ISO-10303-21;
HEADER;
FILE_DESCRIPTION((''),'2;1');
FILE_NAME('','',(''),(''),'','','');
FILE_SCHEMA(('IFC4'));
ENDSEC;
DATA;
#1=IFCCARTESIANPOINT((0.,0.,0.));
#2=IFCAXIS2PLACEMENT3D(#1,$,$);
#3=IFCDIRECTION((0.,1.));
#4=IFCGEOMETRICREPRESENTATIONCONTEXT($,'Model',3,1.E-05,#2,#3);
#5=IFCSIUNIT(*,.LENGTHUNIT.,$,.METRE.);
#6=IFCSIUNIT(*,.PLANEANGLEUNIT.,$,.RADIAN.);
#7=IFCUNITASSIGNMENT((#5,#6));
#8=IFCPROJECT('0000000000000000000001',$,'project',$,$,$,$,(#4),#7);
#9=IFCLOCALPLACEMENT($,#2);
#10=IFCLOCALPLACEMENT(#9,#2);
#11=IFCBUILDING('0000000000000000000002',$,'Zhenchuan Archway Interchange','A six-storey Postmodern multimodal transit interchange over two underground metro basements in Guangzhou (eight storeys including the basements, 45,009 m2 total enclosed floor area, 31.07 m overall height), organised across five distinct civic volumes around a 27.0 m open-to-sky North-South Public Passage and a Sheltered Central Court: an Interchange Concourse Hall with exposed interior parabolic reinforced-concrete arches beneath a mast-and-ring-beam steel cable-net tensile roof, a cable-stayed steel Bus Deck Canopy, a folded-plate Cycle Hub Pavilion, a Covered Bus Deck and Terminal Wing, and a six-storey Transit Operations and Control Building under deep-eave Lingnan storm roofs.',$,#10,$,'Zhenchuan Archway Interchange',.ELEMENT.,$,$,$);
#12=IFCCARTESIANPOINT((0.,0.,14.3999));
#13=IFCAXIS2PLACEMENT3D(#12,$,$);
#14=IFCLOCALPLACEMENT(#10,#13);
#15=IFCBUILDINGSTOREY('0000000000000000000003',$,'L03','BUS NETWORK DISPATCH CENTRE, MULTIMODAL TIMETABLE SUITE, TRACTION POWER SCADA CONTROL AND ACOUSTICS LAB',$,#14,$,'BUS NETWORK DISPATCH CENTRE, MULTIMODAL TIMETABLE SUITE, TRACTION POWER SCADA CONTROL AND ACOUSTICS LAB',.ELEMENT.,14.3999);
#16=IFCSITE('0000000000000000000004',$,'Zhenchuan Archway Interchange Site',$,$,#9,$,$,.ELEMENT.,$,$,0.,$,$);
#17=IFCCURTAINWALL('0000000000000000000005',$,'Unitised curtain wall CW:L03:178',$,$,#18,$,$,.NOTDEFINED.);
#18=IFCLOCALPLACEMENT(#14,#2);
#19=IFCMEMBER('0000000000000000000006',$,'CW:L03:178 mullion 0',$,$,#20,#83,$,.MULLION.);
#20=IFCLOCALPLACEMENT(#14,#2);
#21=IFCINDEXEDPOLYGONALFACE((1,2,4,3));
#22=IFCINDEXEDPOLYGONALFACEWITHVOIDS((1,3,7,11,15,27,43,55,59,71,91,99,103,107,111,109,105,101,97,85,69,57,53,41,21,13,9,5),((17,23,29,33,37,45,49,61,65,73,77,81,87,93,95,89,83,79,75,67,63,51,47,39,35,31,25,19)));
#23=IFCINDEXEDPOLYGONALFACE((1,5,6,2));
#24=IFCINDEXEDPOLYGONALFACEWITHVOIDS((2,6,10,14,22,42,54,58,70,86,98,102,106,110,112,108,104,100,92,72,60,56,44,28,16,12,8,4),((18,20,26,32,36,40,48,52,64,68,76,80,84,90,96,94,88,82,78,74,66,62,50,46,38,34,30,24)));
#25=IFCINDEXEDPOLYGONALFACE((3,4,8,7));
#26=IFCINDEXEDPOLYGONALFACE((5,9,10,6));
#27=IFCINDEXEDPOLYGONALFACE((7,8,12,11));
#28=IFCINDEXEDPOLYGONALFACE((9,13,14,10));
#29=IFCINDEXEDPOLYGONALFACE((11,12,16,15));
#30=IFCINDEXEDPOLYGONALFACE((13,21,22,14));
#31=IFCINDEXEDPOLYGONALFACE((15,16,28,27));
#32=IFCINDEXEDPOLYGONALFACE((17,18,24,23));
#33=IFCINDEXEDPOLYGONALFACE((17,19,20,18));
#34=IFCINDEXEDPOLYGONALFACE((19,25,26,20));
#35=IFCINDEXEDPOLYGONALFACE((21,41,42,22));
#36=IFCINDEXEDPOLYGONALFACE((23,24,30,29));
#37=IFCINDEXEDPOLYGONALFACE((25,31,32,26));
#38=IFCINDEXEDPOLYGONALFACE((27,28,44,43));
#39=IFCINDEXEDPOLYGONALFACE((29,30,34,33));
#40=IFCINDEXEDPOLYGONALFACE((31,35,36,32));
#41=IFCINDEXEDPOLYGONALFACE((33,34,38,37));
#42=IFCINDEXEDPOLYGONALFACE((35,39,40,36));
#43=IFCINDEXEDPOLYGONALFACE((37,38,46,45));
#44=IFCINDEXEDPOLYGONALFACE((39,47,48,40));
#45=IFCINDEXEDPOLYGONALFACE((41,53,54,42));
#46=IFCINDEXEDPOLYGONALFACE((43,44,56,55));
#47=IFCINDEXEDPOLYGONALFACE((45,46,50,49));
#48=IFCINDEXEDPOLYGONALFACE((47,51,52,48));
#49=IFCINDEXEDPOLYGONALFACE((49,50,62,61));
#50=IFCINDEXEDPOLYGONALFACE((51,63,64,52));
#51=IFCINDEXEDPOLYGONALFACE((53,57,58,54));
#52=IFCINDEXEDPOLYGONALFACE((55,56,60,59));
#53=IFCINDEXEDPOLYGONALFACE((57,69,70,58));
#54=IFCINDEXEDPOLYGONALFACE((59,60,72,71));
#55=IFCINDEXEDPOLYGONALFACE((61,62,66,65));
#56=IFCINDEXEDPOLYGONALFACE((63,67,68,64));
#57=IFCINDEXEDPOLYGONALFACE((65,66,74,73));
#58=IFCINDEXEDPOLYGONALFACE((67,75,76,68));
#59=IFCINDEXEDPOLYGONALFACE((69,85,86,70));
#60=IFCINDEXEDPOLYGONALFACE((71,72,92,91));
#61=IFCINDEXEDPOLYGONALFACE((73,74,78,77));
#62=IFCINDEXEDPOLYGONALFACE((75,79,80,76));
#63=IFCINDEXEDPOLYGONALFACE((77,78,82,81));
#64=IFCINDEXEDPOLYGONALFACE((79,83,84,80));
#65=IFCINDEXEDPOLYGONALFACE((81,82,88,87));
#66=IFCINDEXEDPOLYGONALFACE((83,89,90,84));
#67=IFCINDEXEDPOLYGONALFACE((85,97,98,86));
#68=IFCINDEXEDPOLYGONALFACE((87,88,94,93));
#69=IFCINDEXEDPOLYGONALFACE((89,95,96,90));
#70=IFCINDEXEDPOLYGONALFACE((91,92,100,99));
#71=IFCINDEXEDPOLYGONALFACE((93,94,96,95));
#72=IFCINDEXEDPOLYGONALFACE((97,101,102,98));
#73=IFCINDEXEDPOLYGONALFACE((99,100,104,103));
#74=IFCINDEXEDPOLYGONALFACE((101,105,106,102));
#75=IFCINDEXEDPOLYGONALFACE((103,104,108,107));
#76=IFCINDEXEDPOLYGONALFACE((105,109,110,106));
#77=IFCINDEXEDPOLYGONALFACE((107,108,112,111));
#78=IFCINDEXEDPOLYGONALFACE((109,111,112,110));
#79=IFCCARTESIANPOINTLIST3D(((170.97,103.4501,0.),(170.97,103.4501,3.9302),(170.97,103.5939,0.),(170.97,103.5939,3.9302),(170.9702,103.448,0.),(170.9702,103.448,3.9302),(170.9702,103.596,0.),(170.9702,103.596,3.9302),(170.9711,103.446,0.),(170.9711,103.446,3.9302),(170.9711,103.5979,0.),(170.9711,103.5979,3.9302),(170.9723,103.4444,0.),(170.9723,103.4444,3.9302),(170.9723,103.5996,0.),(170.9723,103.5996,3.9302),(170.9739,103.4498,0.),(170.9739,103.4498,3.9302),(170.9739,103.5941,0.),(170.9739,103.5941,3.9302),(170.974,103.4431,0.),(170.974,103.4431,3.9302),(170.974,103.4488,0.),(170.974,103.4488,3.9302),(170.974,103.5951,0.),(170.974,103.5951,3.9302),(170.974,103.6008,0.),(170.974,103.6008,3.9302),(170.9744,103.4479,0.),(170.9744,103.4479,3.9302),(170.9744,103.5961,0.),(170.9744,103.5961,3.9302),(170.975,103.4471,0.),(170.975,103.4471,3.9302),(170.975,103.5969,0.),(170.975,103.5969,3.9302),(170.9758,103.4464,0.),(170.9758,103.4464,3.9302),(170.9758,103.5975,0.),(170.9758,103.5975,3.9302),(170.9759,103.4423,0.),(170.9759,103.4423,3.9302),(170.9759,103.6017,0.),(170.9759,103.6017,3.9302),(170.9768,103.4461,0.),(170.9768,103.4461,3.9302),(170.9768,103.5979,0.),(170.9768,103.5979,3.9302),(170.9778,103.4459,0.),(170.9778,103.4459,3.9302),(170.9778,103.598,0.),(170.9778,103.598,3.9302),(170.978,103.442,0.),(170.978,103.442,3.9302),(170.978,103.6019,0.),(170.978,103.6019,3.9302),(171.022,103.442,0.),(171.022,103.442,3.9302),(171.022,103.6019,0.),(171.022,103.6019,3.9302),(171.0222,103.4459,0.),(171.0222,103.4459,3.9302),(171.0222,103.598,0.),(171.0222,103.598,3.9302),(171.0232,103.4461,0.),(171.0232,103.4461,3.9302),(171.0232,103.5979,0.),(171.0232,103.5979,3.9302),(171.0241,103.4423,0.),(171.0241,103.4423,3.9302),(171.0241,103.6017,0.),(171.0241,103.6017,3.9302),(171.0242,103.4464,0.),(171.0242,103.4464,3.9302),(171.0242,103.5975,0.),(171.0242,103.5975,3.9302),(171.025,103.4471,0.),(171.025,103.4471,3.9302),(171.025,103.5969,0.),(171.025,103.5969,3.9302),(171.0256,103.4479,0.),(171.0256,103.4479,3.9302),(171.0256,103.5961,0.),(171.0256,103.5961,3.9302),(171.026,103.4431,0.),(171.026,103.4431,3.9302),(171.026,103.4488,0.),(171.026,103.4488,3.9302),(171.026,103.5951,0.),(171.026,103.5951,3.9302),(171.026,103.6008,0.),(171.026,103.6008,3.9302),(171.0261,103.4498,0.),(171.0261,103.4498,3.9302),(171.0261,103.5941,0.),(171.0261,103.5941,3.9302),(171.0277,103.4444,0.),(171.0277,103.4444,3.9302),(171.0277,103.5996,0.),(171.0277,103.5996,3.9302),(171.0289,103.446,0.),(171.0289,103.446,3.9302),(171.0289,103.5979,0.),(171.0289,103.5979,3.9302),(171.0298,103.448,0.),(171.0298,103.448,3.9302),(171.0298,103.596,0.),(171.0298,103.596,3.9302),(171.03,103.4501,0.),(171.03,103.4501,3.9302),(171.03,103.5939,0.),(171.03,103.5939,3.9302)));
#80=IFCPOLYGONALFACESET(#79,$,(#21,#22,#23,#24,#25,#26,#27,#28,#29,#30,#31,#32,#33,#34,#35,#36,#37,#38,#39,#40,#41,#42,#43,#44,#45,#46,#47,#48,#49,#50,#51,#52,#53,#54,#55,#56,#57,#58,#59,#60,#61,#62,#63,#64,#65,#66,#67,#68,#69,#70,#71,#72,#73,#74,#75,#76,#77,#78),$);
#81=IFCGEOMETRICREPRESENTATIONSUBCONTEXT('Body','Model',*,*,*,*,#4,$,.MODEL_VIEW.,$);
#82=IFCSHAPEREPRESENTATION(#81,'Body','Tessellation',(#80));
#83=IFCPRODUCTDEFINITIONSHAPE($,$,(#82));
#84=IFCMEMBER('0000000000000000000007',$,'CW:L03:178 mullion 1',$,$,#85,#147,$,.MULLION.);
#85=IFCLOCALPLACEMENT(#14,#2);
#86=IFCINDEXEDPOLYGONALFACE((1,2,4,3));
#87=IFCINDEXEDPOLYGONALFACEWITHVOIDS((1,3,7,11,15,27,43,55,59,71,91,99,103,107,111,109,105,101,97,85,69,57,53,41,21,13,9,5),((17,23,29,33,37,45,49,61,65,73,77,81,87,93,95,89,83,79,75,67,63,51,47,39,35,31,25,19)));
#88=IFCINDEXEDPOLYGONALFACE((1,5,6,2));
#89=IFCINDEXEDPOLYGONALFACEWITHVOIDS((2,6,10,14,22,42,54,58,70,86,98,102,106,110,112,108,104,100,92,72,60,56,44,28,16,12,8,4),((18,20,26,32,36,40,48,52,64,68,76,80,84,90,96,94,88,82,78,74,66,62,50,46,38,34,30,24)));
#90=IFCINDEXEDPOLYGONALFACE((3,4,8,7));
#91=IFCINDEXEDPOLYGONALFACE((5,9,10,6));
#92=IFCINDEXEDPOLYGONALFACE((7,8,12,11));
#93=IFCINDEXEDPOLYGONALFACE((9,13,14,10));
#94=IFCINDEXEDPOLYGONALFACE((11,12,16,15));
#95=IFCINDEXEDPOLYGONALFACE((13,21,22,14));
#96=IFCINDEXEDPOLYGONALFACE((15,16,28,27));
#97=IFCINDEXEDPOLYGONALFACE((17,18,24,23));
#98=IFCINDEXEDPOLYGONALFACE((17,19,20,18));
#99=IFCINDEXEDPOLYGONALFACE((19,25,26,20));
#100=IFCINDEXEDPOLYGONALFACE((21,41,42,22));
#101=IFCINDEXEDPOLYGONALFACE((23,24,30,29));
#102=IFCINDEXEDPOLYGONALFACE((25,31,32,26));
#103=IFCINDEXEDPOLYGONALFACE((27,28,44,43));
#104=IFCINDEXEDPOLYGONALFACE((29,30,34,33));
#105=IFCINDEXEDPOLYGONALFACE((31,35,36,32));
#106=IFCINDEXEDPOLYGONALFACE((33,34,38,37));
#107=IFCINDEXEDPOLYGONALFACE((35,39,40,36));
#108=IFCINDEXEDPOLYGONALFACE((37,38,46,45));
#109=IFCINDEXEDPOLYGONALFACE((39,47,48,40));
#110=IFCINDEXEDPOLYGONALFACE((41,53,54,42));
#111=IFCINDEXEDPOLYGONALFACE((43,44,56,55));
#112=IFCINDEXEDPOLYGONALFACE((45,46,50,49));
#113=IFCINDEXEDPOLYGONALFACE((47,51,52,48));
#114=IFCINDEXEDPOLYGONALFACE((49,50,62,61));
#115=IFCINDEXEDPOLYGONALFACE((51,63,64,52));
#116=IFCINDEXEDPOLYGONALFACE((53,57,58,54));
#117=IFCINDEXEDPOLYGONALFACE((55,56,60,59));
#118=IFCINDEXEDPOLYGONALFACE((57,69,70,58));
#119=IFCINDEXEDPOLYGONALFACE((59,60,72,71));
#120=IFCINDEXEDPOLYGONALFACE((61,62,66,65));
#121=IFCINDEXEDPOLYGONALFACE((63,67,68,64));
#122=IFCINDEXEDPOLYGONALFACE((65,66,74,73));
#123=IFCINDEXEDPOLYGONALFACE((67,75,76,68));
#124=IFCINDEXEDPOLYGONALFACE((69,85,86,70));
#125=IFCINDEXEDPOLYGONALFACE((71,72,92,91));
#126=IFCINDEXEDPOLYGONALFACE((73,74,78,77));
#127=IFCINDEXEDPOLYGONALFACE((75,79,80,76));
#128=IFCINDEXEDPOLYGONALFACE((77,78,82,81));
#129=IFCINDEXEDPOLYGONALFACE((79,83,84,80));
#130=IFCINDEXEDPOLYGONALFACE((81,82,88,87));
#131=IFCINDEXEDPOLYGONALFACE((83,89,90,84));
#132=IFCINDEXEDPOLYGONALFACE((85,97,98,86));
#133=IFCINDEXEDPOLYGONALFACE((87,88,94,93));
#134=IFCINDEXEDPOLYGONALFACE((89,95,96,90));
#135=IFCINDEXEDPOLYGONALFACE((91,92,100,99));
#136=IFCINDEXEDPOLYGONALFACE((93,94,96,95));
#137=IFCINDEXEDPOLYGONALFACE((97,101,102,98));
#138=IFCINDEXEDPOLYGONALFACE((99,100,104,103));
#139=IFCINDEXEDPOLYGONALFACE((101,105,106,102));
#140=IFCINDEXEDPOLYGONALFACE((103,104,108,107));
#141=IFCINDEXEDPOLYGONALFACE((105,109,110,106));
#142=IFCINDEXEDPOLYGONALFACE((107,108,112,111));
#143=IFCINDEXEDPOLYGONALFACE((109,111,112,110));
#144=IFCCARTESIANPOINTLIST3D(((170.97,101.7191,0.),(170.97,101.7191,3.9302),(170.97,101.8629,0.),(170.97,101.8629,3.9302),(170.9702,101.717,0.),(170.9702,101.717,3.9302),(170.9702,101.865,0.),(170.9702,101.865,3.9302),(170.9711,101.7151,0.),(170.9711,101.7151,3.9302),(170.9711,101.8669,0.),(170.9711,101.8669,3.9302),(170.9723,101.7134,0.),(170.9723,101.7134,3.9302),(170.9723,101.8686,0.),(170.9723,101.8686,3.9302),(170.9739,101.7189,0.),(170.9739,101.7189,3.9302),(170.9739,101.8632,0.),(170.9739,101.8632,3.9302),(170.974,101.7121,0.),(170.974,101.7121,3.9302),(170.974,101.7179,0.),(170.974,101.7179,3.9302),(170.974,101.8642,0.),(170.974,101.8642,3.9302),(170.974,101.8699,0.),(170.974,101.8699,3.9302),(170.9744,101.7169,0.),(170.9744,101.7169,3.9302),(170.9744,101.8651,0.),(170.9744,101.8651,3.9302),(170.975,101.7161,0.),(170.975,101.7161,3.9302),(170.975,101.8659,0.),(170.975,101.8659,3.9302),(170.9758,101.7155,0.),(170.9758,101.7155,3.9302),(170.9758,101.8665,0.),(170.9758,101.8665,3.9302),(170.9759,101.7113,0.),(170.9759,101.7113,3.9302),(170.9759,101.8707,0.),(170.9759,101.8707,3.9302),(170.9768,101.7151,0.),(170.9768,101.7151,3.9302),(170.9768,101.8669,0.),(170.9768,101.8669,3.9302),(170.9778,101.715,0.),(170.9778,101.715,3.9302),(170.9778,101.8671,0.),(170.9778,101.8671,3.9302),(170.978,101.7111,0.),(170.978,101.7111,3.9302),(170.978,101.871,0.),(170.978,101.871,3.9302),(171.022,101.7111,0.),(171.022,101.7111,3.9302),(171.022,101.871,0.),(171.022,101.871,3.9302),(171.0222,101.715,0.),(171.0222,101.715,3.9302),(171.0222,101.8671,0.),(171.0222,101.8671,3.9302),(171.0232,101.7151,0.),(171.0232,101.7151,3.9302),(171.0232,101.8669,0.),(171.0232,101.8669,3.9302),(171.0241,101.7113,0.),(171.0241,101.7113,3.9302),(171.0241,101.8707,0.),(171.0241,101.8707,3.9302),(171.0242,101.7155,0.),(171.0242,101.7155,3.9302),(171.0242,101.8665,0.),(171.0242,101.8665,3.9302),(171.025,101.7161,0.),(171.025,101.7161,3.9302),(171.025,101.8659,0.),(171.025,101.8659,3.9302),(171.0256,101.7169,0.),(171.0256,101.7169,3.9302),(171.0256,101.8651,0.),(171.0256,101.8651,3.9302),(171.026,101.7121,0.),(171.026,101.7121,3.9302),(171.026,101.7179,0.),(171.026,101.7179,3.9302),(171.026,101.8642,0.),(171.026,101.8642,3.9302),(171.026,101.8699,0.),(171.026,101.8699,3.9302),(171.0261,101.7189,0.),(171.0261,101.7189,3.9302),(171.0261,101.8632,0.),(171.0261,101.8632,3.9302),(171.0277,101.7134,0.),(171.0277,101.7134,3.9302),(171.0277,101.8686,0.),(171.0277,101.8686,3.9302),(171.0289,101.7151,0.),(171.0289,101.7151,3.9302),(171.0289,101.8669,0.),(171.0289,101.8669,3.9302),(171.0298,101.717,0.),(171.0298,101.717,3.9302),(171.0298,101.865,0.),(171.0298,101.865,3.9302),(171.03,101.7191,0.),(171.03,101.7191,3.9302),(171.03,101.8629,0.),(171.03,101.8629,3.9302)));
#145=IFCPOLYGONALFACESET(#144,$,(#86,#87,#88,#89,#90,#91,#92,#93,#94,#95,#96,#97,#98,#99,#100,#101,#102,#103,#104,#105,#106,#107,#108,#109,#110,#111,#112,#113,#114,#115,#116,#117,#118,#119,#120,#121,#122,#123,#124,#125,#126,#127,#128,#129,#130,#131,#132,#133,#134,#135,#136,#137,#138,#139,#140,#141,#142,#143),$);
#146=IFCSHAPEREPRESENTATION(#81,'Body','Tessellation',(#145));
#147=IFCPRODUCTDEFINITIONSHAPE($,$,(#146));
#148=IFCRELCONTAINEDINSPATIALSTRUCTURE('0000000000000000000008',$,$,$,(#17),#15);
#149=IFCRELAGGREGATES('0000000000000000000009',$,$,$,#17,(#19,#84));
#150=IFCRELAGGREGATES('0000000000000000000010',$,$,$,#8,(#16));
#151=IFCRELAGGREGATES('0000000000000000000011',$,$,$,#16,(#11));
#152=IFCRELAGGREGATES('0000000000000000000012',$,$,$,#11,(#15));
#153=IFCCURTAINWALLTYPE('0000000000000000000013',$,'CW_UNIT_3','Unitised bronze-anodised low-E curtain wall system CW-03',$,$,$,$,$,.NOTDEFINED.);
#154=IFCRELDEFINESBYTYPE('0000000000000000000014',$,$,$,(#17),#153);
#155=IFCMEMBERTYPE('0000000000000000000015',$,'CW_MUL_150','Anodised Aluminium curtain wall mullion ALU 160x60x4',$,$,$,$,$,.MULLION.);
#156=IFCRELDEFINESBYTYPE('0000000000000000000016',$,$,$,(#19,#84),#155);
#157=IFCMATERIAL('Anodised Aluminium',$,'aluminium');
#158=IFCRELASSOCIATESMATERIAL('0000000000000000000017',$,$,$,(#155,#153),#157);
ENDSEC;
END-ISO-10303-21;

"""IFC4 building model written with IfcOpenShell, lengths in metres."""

from ifc_helpers import new_model, si_unit, direction, frame, origin, origin_2d, place, context, subcontext, project, spatial, hollow_rectangle, extrude, material, material_profile, profile_set, type_object, element, aggregate, save


model = new_model("IFC4")

# Units and contexts
model_context = context("Model", 3, precision=1e-05, world=origin(), true_north=direction((0.0, 1.0)))
body_context = subcontext(model_context, "Body", "Model", "MODEL_VIEW")
ifc_project = project(units=[si_unit("LENGTHUNIT", "METRE"), si_unit("PLANEANGLEUNIT", "RADIAN")], contexts=[model_context])

# Site, building, storey
site_placement = place(None, origin())
site = spatial("IfcSite", under=ifc_project, at=site_placement, Name="Zhenchuan Archway Interchange Site", CompositionType="ELEMENT", RefElevation=0.0)
building_placement = place(site_placement, origin())
building = spatial("IfcBuilding", under=site, at=building_placement, Name="Zhenchuan Archway Interchange", Description="A six-storey Postmodern multimodal transit interchange over two underground metro basements in Guangzhou (eight storeys including the basements, 45,009 m2 total enclosed floor area, 31.07 m overall height), organised across five distinct civic volumes around a 27.0 m open-to-sky North-South Public Passage and a Sheltered Central Court: an Interchange Concourse Hall with exposed interior parabolic reinforced-concrete arches beneath a mast-and-ring-beam steel cable-net tensile roof, a cable-stayed steel Bus Deck Canopy, a folded-plate Cycle Hub Pavilion, a Covered Bus Deck and Terminal Wing, and a six-storey Transit Operations and Control Building under deep-eave Lingnan storm roofs.", LongName="Zhenchuan Archway Interchange", CompositionType="ELEMENT")
storey_placement = place(building_placement, frame((0.0, 0.0, 14.3999)))
storey = spatial("IfcBuildingStorey", under=building, at=storey_placement, Name="L03", Description="BUS NETWORK DISPATCH CENTRE, MULTIMODAL TIMETABLE SUITE, TRACTION POWER SCADA CONTROL AND ACOUSTICS LAB", LongName="BUS NETWORK DISPATCH CENTRE, MULTIMODAL TIMETABLE SUITE, TRACTION POWER SCADA CONTROL AND ACOUSTICS LAB", CompositionType="ELEMENT", Elevation=14.3999)

# Curtain wall, members
ifc_material_1 = material(Name="Anodised Aluminium", Category="aluminium")
ifc_material_profile_1 = material_profile(ifc_material_1, hollow_rectangle(XDim=0.0601, YDim=0.1599, WallThickness=0.0039, InnerFilletRadius=0.0039, OuterFilletRadius=0.0081, at=origin_2d()), Name="ALU 160x60x4")
ifc_profile_set_1 = profile_set([ifc_material_profile_1], Name="Anodised Aluminium")
member_type_1 = type_object("IfcMemberType", Name="CW_MUL_150", Description="Anodised Aluminium curtain wall mullion ALU 160x60x4", PredefinedType="MULLION", material=ifc_profile_set_1)
curtain_wall_type_1 = type_object("IfcCurtainWallType", Name="CW_UNIT_3", Description="Unitised bronze-anodised low-E curtain wall system CW-03", PredefinedType="NOTDEFINED", material=ifc_material_1)
curtain_wall_1_placement = place(storey_placement, origin())
curtain_wall_1 = element("IfcCurtainWall", 1, at=curtain_wall_1_placement, inside=storey, type_object=curtain_wall_type_1, Name="Unitised curtain wall CW:L03:178", PredefinedType="NOTDEFINED")
member_1_placement = place(storey_placement, frame((171.0, 103.522, 0.0), z_axis=(0.0, 0.0, 1.0), x_axis=(1.0, 0.0, 0.0)))
member_1 = element("IfcMember", 2, at=member_1_placement, type_object=member_type_1, Name="CW:L03:178 mullion 0", PredefinedType="MULLION", context=body_context, shape_type="SweptSolid", body=[
    extrude(hollow_rectangle(XDim=0.0601, YDim=0.1599, WallThickness=0.0039, InnerFilletRadius=0.0039, OuterFilletRadius=0.0081, at=origin_2d()), origin(), (0.0, 0.0, 1.0), 3.9302),
])
member_2_placement = place(storey_placement, frame((171.0, 101.791, 0.0), z_axis=(0.0, 0.0, 1.0), x_axis=(1.0, 0.0, 0.0)))
member_2 = element("IfcMember", 3, at=member_2_placement, type_object=member_type_1, Name="CW:L03:178 mullion 1", PredefinedType="MULLION", context=body_context, shape_type="SweptSolid", body=[
    extrude(hollow_rectangle(XDim=0.0601, YDim=0.1599, WallThickness=0.0039, InnerFilletRadius=0.0039, OuterFilletRadius=0.0081, at=origin_2d()), origin(), (0.0, 0.0, 1.0), 3.9302),
])

aggregate(curtain_wall_1, [member_1, member_2])

save(model, "model.ifc")
